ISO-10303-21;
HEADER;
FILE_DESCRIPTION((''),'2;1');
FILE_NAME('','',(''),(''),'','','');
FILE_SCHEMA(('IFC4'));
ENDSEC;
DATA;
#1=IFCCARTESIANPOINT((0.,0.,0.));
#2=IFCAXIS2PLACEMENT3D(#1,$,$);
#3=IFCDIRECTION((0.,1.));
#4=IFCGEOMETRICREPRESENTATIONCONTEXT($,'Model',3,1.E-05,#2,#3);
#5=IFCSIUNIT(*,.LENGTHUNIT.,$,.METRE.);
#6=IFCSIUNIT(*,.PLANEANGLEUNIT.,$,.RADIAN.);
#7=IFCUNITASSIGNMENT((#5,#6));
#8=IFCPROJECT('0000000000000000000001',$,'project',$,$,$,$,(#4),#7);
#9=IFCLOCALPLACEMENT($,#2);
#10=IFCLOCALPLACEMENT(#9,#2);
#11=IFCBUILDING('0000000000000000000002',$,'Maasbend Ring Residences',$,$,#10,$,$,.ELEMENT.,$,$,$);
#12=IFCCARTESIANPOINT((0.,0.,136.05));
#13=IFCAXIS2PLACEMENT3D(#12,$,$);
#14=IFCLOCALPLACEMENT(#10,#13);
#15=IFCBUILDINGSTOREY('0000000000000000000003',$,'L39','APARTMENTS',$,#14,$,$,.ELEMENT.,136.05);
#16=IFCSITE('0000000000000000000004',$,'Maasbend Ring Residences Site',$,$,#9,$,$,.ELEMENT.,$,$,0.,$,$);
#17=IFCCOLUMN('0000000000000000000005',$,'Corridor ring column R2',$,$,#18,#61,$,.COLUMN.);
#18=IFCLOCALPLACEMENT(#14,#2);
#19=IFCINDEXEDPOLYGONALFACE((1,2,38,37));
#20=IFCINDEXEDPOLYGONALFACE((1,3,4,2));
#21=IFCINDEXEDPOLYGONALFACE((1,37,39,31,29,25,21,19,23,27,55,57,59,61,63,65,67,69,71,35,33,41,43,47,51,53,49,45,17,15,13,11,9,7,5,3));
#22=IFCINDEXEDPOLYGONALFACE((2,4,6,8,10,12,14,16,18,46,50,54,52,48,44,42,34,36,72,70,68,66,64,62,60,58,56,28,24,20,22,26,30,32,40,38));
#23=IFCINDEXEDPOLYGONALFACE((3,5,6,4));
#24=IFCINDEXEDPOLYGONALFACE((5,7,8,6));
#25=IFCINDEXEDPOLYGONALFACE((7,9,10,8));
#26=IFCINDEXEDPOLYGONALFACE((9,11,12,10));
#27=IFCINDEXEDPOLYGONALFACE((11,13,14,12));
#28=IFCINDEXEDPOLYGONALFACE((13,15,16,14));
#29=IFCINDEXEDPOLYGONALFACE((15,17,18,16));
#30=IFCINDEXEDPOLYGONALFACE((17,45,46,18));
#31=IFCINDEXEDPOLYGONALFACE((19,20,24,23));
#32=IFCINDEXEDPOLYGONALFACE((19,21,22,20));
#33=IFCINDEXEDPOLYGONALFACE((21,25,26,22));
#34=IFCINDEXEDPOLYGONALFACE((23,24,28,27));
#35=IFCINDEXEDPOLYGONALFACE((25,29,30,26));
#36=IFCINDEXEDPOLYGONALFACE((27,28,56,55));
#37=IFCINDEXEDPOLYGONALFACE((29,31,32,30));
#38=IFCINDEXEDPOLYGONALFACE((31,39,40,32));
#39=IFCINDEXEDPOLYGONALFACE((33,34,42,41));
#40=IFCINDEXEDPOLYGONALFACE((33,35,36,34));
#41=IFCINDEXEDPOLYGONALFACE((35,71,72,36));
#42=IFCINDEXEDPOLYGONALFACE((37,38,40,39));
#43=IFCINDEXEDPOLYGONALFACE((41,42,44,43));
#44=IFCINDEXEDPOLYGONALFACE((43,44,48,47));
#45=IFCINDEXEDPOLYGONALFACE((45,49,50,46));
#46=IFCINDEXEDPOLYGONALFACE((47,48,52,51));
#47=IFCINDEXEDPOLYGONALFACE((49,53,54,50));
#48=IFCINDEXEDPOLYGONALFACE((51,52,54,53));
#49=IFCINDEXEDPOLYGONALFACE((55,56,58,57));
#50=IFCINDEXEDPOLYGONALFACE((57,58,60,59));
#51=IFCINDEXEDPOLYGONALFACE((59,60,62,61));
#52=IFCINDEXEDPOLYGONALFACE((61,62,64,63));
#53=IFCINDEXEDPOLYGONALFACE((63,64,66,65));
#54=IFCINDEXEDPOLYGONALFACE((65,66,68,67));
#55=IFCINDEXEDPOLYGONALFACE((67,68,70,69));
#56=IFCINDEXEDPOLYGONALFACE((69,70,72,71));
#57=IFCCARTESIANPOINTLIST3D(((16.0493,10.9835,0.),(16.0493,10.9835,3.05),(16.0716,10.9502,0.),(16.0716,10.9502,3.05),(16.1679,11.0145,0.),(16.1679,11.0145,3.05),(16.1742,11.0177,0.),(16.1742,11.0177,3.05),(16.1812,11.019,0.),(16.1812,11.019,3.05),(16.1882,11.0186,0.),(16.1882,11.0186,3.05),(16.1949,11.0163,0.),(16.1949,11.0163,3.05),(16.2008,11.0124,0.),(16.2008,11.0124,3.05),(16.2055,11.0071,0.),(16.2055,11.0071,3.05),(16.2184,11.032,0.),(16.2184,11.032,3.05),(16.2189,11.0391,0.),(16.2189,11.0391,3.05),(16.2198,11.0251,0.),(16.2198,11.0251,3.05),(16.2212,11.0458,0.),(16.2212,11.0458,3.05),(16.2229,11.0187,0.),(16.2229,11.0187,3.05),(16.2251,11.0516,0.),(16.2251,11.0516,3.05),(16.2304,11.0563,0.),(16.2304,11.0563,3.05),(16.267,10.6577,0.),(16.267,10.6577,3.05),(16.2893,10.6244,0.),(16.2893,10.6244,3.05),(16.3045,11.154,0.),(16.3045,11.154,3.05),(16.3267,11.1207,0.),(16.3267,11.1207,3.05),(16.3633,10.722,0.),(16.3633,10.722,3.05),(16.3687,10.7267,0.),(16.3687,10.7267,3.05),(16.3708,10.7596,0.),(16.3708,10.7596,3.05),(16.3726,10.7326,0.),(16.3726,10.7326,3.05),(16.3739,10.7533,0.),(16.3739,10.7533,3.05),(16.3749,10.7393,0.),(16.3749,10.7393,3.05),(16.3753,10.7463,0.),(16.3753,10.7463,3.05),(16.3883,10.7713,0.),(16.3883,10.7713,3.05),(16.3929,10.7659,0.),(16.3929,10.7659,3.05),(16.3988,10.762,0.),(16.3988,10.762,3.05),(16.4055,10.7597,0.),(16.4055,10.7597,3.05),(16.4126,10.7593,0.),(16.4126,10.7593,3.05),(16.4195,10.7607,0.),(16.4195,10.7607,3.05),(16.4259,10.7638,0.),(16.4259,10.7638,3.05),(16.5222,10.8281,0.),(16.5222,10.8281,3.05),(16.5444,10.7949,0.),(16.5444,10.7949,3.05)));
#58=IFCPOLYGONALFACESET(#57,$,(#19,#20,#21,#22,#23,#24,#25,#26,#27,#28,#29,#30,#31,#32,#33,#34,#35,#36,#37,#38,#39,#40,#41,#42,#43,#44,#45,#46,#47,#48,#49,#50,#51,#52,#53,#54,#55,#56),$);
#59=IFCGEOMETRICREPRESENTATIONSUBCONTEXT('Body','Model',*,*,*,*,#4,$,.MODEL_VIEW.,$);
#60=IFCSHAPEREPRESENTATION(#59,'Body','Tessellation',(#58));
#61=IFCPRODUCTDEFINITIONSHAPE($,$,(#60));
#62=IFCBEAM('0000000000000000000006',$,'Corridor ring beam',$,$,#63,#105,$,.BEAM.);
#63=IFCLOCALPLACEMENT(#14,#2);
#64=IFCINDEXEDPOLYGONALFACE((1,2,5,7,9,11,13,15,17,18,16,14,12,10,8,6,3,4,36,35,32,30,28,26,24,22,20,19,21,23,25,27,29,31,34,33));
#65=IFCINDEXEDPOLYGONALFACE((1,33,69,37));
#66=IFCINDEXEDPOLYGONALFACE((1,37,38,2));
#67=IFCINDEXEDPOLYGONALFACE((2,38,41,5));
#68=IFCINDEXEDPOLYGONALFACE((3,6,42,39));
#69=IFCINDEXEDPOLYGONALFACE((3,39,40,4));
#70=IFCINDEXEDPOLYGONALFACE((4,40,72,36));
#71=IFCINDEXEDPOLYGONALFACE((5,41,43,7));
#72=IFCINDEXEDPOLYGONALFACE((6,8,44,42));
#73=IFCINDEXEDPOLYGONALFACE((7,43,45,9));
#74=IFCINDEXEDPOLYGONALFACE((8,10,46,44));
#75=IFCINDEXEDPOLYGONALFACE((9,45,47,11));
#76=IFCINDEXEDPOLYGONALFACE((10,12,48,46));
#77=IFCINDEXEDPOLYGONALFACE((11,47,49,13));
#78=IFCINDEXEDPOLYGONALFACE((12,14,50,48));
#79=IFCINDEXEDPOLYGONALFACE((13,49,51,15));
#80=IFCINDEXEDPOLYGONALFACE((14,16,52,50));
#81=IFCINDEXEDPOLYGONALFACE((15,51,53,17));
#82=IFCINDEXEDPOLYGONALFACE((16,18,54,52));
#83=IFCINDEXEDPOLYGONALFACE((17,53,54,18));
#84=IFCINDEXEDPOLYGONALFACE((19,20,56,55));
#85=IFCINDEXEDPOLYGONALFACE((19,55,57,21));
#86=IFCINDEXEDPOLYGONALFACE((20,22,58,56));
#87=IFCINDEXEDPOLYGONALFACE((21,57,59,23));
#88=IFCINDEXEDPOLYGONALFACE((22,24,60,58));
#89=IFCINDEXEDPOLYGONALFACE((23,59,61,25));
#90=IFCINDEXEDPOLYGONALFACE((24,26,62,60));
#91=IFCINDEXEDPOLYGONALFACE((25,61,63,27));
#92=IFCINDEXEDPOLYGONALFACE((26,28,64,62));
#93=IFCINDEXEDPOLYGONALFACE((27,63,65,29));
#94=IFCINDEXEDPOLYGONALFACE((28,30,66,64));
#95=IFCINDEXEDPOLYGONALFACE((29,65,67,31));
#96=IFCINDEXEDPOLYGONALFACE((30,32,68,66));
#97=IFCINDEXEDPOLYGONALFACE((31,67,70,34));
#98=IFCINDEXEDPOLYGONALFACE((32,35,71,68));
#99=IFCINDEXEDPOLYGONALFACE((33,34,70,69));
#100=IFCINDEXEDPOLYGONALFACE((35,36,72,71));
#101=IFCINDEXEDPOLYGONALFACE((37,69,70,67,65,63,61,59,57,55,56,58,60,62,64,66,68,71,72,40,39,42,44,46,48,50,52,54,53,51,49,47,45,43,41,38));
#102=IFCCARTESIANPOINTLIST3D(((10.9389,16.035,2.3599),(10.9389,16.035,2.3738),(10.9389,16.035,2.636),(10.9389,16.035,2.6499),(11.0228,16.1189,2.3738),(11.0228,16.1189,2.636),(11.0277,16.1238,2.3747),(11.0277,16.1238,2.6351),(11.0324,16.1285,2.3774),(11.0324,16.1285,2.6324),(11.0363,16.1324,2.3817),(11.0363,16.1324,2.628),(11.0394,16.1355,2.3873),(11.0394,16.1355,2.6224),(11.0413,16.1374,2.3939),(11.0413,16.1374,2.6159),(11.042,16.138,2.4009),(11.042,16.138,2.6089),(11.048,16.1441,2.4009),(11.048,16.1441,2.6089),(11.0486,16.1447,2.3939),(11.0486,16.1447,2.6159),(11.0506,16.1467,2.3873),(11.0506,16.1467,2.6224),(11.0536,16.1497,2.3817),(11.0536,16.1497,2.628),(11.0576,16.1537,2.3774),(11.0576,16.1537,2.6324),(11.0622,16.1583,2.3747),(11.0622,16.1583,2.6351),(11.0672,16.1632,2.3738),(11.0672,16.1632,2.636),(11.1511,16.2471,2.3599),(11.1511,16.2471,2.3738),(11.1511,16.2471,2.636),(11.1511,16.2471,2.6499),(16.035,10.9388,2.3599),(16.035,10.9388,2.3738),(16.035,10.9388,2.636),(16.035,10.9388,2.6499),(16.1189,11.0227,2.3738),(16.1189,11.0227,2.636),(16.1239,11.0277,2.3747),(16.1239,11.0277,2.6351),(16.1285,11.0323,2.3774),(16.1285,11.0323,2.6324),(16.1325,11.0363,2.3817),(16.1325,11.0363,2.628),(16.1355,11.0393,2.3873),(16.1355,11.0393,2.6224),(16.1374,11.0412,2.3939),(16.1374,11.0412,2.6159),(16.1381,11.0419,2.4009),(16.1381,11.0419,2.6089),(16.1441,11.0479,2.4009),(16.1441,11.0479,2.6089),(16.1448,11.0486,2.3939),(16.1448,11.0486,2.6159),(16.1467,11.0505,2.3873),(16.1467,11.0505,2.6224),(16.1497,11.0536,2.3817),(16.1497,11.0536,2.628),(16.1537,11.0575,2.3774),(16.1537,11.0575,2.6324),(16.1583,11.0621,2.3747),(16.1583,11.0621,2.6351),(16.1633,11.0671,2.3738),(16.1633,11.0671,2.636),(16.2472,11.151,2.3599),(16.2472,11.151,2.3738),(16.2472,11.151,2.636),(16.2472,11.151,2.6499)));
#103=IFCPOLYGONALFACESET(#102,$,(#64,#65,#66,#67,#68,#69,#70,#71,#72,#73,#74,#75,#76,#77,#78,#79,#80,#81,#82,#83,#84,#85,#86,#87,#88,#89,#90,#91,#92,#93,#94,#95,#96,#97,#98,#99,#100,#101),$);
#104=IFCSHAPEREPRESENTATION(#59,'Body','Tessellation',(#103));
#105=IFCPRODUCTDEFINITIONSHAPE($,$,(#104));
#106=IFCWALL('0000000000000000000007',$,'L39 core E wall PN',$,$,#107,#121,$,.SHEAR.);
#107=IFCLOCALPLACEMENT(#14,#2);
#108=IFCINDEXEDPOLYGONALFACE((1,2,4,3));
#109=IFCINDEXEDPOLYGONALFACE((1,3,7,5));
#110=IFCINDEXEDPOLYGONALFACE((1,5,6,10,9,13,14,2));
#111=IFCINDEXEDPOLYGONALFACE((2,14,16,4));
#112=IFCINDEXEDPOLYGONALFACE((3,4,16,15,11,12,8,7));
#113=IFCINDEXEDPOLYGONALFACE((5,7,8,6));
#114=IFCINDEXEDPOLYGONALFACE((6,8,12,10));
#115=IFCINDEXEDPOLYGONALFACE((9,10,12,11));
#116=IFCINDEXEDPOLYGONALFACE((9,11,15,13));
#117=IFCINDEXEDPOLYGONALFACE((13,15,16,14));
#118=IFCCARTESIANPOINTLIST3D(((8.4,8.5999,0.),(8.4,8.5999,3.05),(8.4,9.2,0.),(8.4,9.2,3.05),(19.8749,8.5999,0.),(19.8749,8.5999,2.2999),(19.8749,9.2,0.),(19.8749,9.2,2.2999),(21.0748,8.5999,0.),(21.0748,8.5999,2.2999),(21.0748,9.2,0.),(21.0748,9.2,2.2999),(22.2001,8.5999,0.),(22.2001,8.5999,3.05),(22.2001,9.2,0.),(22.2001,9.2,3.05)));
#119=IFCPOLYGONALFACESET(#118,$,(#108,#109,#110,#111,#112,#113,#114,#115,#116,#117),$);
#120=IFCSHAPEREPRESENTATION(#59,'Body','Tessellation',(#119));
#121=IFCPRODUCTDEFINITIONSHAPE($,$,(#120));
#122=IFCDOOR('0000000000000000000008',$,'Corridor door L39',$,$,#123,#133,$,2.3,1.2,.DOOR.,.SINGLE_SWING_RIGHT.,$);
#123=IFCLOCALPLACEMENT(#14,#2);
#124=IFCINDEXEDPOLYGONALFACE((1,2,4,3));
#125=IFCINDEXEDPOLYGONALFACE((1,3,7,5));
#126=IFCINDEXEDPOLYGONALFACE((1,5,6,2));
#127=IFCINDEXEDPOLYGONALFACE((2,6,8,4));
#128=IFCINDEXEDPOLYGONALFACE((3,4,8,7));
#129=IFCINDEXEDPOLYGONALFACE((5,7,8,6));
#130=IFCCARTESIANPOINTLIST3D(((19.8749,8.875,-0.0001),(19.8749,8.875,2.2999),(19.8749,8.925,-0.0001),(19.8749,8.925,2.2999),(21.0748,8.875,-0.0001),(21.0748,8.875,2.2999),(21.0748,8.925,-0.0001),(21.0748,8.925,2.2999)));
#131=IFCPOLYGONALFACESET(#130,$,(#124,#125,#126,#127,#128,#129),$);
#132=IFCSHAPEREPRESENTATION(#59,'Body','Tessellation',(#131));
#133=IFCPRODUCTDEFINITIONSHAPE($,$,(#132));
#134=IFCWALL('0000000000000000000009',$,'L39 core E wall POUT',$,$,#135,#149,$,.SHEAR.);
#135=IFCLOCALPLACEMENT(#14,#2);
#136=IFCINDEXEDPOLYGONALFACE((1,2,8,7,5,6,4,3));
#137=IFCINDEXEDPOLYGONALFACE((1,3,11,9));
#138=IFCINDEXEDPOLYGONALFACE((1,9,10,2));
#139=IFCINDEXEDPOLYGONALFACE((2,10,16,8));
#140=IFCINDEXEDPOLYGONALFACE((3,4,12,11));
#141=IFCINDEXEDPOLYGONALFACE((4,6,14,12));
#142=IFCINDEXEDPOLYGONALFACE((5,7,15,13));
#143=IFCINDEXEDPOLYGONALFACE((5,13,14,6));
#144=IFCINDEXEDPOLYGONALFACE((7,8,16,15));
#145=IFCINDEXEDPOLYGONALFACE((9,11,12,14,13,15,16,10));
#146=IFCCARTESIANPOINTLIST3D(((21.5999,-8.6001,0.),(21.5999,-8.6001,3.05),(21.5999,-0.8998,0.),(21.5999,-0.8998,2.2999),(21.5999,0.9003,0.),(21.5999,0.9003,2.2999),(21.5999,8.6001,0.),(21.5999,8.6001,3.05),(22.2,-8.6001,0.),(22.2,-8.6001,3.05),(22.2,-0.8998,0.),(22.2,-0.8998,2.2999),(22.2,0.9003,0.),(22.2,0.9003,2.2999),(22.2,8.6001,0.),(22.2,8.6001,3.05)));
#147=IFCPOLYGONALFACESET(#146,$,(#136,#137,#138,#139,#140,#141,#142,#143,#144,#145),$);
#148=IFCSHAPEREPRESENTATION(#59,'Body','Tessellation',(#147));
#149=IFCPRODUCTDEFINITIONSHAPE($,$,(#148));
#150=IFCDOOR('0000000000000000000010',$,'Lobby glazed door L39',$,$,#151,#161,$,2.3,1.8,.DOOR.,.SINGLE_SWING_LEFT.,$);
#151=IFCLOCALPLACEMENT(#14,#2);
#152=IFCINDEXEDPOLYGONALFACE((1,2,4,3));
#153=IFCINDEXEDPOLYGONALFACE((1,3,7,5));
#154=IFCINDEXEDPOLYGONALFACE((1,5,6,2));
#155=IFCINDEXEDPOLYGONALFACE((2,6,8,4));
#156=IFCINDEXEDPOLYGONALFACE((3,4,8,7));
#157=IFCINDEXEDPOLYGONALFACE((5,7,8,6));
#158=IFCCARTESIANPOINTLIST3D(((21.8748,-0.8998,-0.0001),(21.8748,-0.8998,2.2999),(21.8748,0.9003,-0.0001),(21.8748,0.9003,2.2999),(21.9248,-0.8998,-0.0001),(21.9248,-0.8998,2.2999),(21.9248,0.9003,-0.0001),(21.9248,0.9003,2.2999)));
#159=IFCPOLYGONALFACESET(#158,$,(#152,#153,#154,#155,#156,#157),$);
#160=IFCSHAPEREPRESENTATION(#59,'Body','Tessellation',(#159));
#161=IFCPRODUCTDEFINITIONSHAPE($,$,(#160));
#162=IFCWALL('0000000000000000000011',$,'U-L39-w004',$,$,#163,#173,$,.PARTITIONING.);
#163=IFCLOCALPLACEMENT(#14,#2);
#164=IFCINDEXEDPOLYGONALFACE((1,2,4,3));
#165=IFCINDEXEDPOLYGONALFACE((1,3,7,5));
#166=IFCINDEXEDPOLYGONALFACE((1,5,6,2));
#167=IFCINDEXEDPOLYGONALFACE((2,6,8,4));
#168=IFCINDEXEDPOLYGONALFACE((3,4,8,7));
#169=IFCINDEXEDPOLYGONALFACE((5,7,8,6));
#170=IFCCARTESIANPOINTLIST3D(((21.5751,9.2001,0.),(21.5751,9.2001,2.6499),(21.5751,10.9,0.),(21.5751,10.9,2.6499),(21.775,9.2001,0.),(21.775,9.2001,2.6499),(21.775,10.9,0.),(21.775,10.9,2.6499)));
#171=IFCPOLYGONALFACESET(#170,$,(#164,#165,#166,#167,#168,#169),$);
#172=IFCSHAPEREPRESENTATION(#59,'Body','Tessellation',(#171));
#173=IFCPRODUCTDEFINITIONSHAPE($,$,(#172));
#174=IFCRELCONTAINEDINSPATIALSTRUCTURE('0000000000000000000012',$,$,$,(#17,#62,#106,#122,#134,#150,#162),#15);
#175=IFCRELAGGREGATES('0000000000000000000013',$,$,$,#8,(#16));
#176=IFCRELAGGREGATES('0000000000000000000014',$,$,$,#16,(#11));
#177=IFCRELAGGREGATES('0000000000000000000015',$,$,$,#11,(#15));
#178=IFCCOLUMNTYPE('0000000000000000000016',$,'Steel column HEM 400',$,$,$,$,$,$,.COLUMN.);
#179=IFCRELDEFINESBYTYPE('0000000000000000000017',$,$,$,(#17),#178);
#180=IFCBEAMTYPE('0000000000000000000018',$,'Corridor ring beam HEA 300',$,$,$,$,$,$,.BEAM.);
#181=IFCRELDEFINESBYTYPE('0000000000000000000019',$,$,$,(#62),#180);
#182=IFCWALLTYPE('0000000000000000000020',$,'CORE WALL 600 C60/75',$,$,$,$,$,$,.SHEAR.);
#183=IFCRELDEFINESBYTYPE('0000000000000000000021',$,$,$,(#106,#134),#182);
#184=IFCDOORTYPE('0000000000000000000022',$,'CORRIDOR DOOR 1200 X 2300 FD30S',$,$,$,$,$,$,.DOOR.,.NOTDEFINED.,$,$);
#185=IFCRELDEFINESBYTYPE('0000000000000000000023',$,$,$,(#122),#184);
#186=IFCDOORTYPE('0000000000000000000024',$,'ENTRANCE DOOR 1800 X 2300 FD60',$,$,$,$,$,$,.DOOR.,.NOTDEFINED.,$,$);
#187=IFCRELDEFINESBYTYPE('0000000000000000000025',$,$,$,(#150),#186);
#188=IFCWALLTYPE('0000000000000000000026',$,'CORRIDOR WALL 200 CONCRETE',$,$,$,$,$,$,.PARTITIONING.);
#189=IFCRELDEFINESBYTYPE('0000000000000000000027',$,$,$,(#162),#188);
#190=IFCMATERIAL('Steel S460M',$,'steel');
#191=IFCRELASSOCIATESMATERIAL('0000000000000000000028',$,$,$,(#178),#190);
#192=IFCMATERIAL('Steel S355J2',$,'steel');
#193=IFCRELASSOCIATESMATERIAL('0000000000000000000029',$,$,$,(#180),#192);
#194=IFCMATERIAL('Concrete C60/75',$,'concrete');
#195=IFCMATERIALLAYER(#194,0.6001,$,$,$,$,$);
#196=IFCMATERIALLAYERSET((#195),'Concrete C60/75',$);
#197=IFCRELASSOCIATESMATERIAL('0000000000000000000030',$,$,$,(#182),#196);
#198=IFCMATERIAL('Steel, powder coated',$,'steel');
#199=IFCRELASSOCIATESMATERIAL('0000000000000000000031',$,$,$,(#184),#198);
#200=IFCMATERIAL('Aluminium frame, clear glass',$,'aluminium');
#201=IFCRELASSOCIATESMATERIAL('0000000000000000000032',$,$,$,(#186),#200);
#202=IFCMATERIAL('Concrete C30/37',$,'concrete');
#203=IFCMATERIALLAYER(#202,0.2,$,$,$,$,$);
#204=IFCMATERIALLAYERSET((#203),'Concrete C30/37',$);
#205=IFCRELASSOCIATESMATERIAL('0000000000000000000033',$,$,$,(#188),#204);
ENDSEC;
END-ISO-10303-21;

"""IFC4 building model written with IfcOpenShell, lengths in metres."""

from ifc_helpers import new_model, si_unit, direction, frame, frame_2d, origin, origin_2d, place, context, subcontext, project, spatial, rectangle, i_section, extrude, material, layer, layer_set, material_profile, profile_set, type_object, element, fill, save


model = new_model("IFC4")

# Units and contexts
model_context = context("Model", 3, precision=1e-05, world=origin(), true_north=direction((0.0, 1.0)))
body_context = subcontext(model_context, "Body", "Model", "MODEL_VIEW")
ifc_project = project(units=[si_unit("LENGTHUNIT", "METRE"), si_unit("PLANEANGLEUNIT", "RADIAN")], contexts=[model_context])

# Site, building, storey
site_placement = place(None, origin())
site = spatial("IfcSite", under=ifc_project, at=site_placement, Name="Maasbend Ring Residences Site", CompositionType="ELEMENT", RefElevation=0.0)
building_placement = place(site_placement, origin())
building = spatial("IfcBuilding", under=site, at=building_placement, Name="Maasbend Ring Residences", CompositionType="ELEMENT")
storey_placement = place(building_placement, frame((0.0, 0.0, 136.05)))
storey = spatial("IfcBuildingStorey", under=building, at=storey_placement, Name="L39", Description="APARTMENTS", CompositionType="ELEMENT", Elevation=136.05)

# Column
ifc_material_1 = material(Name="Steel S460M", Category="steel")
ifc_material_profile_1 = material_profile(ifc_material_1, i_section(OverallWidth=0.3069, OverallDepth=0.4319, WebThickness=0.021, FlangeThickness=0.04, FilletRadius=0.0271, at=origin_2d()), Name="HEM 400")
ifc_profile_set_1 = profile_set([ifc_material_profile_1], Name="Steel S460M")
column_type = type_object("IfcColumnType", Name="Steel column HEM 400", PredefinedType="COLUMN", material=ifc_profile_set_1)
column_placement = place(storey_placement, frame((16.2969, 10.8892, 0.0), z_axis=(0.0, 0.0, 1.0), x_axis=(0.83147, 0.55557, 0.0)))
element("IfcColumn", 1, at=column_placement, inside=storey, type_object=column_type, Name="Corridor ring column R2", PredefinedType="COLUMN", context=body_context, shape_type="SweptSolid", body=[
    extrude(i_section(OverallWidth=0.3069, OverallDepth=0.4319, WebThickness=0.021, FlangeThickness=0.04, FilletRadius=0.0271, at=origin_2d()), origin(), (0.0, 0.0, 1.0), 3.05),
])

# Beam
ifc_material_2 = material(Name="Steel S355J2", Category="steel")
ifc_material_profile_2 = material_profile(ifc_material_2, i_section(OverallWidth=0.3, OverallDepth=0.29, WebThickness=0.0085, FlangeThickness=0.0139, FilletRadius=0.0271, at=origin_2d()), Name="HEA 300")
ifc_profile_set_2 = profile_set([ifc_material_profile_2], Name="Steel S355J2")
beam_type = type_object("IfcBeamType", Name="Corridor ring beam HEA 300", PredefinedType="BEAM", material=ifc_profile_set_2)
beam_placement = place(storey_placement, frame((16.1411, 11.0449, 2.5049), z_axis=(-0.707107, 0.707107, 0.0), x_axis=(-0.707107, -0.707107, 0.0)))
element("IfcBeam", 2, at=beam_placement, inside=storey, type_object=beam_type, Name="Corridor ring beam", PredefinedType="BEAM", context=body_context, shape_type="SweptSolid", body=[
    extrude(i_section(OverallWidth=0.3, OverallDepth=0.29, WebThickness=0.0085, FlangeThickness=0.0139, FilletRadius=0.0271, at=origin_2d()), origin(), (0.0, 0.0, 1.0), 7.207),
])

# Walls, openings, doors
ifc_material_3 = material(Name="Concrete C60/75", Category="concrete")
ifc_layer_1 = layer(ifc_material_3, 0.6001)
ifc_layer_set_1 = layer_set([ifc_layer_1], Name="Concrete C60/75")
wall_type_1 = type_object("IfcWallType", Name="CORE WALL 600 C60/75", PredefinedType="SHEAR", material=ifc_layer_set_1)
wall_1_placement = place(storey_placement, frame((22.2, 8.8999, 0.0), z_axis=(0.0, 0.0, 1.0), x_axis=(-1.0, 0.0, 0.0)))
wall_1 = element("IfcWall", 3, at=wall_1_placement, inside=storey, type_object=wall_type_1, Name="L39 core E wall PN", PredefinedType="SHEAR", context=body_context, shape_type="SweptSolid", body=[
    extrude(rectangle(XDim=13.8, YDim=0.6001, at=frame_2d((6.8999, 0.0))), origin(), (0.0, 0.0, 1.0), 3.05),
])
opening_1_placement = place(wall_1_placement, frame((1.125, 0.0, 0.0)))
opening_1 = element("IfcOpeningElement", 4, at=opening_1_placement, cuts=wall_1, PredefinedType="OPENING", context=body_context, shape_type="SweptSolid", body=[
    extrude(rectangle(XDim=1.2, YDim=2.3, at=frame_2d((0.6001, 1.1499))), frame((0.0, 0.3101, 0.0), z_axis=(0.0, -1.0, 0.0), x_axis=(1.0, 0.0, 0.0)), (0.0, 0.0, 1.0), 0.6201),
])
ifc_material_4 = material(Name="Steel, powder coated", Category="steel")
door_type_1 = type_object("IfcDoorType", Name="CORRIDOR DOOR 1200 X 2300 FD30S", OperationType="NOTDEFINED", PredefinedType="DOOR", material=ifc_material_4)
door_1_placement = place(opening_1_placement, origin())
door_1 = element("IfcDoor", 5, at=door_1_placement, inside=storey, type_object=door_type_1, Name="Corridor door L39", OperationType="SINGLE_SWING_RIGHT", OverallHeight=2.3, OverallWidth=1.2, PredefinedType="DOOR", context=body_context, shape_type="SweptSolid", body=[
    extrude(rectangle(XDim=1.2, YDim=2.3, at=frame_2d((0.6001, 1.1499))), frame((0.0, 0.0249, 0.0), z_axis=(0.0, -1.0, 0.0), x_axis=(1.0, 0.0, 0.0)), (0.0, 0.0, 1.0), 0.05),
])
fill(opening_1, door_1)
wall_2_placement = place(storey_placement, frame((21.8999, 8.6001, 0.0), z_axis=(0.0, 0.0, 1.0), x_axis=(0.0, -1.0, 0.0)))
wall_2 = element("IfcWall", 6, at=wall_2_placement, inside=storey, type_object=wall_type_1, Name="L39 core E wall POUT", PredefinedType="SHEAR", context=body_context, shape_type="SweptSolid", body=[
    extrude(rectangle(XDim=17.2002, YDim=0.6001, at=frame_2d((8.6001, 0.0))), origin(), (0.0, 0.0, 1.0), 3.05),
])
opening_2_placement = place(wall_2_placement, frame((7.7, 0.0, 0.0)))
opening_2 = element("IfcOpeningElement", 7, at=opening_2_placement, cuts=wall_2, PredefinedType="OPENING", context=body_context, shape_type="SweptSolid", body=[
    extrude(rectangle(XDim=1.8, YDim=2.3, at=frame_2d((0.8999, 1.1499))), frame((0.0, 0.3101, 0.0), z_axis=(0.0, -1.0, 0.0), x_axis=(1.0, 0.0, 0.0)), (0.0, 0.0, 1.0), 0.6201),
])
ifc_material_5 = material(Name="Aluminium frame, clear glass", Category="aluminium")
door_type_2 = type_object("IfcDoorType", Name="ENTRANCE DOOR 1800 X 2300 FD60", OperationType="NOTDEFINED", PredefinedType="DOOR", material=ifc_material_5)
door_2_placement = place(opening_2_placement, origin())
door_2 = element("IfcDoor", 8, at=door_2_placement, inside=storey, type_object=door_type_2, Name="Lobby glazed door L39", OperationType="SINGLE_SWING_LEFT", OverallHeight=2.3, OverallWidth=1.8, PredefinedType="DOOR", context=body_context, shape_type="SweptSolid", body=[
    extrude(rectangle(XDim=1.8, YDim=2.3, at=frame_2d((0.8999, 1.1499))), frame((0.0, 0.0249, 0.0), z_axis=(0.0, -1.0, 0.0), x_axis=(1.0, 0.0, 0.0)), (0.0, 0.0, 1.0), 0.05),
])
fill(opening_2, door_2)

# Wall
ifc_material_6 = material(Name="Concrete C30/37", Category="concrete")
ifc_layer_2 = layer(ifc_material_6, 0.2)
ifc_layer_set_2 = layer_set([ifc_layer_2], Name="Concrete C30/37")
wall_type_2 = type_object("IfcWallType", Name="CORRIDOR WALL 200 CONCRETE", PredefinedType="PARTITIONING", material=ifc_layer_set_2)
wall_3_placement = place(storey_placement, frame((21.675, 9.2, 0.0), z_axis=(0.0, 0.0, 1.0), x_axis=(0.0, 1.0, 0.0)))
element("IfcWall", 9, at=wall_3_placement, inside=storey, type_object=wall_type_2, Name="U-L39-w004", PredefinedType="PARTITIONING", context=body_context, shape_type="SweptSolid", body=[
    extrude(rectangle(XDim=1.7, YDim=0.2, at=frame_2d((0.8501, 0.0))), origin(), (0.0, 0.0, 1.0), 2.6499),
])

save(model, "model.ifc")
